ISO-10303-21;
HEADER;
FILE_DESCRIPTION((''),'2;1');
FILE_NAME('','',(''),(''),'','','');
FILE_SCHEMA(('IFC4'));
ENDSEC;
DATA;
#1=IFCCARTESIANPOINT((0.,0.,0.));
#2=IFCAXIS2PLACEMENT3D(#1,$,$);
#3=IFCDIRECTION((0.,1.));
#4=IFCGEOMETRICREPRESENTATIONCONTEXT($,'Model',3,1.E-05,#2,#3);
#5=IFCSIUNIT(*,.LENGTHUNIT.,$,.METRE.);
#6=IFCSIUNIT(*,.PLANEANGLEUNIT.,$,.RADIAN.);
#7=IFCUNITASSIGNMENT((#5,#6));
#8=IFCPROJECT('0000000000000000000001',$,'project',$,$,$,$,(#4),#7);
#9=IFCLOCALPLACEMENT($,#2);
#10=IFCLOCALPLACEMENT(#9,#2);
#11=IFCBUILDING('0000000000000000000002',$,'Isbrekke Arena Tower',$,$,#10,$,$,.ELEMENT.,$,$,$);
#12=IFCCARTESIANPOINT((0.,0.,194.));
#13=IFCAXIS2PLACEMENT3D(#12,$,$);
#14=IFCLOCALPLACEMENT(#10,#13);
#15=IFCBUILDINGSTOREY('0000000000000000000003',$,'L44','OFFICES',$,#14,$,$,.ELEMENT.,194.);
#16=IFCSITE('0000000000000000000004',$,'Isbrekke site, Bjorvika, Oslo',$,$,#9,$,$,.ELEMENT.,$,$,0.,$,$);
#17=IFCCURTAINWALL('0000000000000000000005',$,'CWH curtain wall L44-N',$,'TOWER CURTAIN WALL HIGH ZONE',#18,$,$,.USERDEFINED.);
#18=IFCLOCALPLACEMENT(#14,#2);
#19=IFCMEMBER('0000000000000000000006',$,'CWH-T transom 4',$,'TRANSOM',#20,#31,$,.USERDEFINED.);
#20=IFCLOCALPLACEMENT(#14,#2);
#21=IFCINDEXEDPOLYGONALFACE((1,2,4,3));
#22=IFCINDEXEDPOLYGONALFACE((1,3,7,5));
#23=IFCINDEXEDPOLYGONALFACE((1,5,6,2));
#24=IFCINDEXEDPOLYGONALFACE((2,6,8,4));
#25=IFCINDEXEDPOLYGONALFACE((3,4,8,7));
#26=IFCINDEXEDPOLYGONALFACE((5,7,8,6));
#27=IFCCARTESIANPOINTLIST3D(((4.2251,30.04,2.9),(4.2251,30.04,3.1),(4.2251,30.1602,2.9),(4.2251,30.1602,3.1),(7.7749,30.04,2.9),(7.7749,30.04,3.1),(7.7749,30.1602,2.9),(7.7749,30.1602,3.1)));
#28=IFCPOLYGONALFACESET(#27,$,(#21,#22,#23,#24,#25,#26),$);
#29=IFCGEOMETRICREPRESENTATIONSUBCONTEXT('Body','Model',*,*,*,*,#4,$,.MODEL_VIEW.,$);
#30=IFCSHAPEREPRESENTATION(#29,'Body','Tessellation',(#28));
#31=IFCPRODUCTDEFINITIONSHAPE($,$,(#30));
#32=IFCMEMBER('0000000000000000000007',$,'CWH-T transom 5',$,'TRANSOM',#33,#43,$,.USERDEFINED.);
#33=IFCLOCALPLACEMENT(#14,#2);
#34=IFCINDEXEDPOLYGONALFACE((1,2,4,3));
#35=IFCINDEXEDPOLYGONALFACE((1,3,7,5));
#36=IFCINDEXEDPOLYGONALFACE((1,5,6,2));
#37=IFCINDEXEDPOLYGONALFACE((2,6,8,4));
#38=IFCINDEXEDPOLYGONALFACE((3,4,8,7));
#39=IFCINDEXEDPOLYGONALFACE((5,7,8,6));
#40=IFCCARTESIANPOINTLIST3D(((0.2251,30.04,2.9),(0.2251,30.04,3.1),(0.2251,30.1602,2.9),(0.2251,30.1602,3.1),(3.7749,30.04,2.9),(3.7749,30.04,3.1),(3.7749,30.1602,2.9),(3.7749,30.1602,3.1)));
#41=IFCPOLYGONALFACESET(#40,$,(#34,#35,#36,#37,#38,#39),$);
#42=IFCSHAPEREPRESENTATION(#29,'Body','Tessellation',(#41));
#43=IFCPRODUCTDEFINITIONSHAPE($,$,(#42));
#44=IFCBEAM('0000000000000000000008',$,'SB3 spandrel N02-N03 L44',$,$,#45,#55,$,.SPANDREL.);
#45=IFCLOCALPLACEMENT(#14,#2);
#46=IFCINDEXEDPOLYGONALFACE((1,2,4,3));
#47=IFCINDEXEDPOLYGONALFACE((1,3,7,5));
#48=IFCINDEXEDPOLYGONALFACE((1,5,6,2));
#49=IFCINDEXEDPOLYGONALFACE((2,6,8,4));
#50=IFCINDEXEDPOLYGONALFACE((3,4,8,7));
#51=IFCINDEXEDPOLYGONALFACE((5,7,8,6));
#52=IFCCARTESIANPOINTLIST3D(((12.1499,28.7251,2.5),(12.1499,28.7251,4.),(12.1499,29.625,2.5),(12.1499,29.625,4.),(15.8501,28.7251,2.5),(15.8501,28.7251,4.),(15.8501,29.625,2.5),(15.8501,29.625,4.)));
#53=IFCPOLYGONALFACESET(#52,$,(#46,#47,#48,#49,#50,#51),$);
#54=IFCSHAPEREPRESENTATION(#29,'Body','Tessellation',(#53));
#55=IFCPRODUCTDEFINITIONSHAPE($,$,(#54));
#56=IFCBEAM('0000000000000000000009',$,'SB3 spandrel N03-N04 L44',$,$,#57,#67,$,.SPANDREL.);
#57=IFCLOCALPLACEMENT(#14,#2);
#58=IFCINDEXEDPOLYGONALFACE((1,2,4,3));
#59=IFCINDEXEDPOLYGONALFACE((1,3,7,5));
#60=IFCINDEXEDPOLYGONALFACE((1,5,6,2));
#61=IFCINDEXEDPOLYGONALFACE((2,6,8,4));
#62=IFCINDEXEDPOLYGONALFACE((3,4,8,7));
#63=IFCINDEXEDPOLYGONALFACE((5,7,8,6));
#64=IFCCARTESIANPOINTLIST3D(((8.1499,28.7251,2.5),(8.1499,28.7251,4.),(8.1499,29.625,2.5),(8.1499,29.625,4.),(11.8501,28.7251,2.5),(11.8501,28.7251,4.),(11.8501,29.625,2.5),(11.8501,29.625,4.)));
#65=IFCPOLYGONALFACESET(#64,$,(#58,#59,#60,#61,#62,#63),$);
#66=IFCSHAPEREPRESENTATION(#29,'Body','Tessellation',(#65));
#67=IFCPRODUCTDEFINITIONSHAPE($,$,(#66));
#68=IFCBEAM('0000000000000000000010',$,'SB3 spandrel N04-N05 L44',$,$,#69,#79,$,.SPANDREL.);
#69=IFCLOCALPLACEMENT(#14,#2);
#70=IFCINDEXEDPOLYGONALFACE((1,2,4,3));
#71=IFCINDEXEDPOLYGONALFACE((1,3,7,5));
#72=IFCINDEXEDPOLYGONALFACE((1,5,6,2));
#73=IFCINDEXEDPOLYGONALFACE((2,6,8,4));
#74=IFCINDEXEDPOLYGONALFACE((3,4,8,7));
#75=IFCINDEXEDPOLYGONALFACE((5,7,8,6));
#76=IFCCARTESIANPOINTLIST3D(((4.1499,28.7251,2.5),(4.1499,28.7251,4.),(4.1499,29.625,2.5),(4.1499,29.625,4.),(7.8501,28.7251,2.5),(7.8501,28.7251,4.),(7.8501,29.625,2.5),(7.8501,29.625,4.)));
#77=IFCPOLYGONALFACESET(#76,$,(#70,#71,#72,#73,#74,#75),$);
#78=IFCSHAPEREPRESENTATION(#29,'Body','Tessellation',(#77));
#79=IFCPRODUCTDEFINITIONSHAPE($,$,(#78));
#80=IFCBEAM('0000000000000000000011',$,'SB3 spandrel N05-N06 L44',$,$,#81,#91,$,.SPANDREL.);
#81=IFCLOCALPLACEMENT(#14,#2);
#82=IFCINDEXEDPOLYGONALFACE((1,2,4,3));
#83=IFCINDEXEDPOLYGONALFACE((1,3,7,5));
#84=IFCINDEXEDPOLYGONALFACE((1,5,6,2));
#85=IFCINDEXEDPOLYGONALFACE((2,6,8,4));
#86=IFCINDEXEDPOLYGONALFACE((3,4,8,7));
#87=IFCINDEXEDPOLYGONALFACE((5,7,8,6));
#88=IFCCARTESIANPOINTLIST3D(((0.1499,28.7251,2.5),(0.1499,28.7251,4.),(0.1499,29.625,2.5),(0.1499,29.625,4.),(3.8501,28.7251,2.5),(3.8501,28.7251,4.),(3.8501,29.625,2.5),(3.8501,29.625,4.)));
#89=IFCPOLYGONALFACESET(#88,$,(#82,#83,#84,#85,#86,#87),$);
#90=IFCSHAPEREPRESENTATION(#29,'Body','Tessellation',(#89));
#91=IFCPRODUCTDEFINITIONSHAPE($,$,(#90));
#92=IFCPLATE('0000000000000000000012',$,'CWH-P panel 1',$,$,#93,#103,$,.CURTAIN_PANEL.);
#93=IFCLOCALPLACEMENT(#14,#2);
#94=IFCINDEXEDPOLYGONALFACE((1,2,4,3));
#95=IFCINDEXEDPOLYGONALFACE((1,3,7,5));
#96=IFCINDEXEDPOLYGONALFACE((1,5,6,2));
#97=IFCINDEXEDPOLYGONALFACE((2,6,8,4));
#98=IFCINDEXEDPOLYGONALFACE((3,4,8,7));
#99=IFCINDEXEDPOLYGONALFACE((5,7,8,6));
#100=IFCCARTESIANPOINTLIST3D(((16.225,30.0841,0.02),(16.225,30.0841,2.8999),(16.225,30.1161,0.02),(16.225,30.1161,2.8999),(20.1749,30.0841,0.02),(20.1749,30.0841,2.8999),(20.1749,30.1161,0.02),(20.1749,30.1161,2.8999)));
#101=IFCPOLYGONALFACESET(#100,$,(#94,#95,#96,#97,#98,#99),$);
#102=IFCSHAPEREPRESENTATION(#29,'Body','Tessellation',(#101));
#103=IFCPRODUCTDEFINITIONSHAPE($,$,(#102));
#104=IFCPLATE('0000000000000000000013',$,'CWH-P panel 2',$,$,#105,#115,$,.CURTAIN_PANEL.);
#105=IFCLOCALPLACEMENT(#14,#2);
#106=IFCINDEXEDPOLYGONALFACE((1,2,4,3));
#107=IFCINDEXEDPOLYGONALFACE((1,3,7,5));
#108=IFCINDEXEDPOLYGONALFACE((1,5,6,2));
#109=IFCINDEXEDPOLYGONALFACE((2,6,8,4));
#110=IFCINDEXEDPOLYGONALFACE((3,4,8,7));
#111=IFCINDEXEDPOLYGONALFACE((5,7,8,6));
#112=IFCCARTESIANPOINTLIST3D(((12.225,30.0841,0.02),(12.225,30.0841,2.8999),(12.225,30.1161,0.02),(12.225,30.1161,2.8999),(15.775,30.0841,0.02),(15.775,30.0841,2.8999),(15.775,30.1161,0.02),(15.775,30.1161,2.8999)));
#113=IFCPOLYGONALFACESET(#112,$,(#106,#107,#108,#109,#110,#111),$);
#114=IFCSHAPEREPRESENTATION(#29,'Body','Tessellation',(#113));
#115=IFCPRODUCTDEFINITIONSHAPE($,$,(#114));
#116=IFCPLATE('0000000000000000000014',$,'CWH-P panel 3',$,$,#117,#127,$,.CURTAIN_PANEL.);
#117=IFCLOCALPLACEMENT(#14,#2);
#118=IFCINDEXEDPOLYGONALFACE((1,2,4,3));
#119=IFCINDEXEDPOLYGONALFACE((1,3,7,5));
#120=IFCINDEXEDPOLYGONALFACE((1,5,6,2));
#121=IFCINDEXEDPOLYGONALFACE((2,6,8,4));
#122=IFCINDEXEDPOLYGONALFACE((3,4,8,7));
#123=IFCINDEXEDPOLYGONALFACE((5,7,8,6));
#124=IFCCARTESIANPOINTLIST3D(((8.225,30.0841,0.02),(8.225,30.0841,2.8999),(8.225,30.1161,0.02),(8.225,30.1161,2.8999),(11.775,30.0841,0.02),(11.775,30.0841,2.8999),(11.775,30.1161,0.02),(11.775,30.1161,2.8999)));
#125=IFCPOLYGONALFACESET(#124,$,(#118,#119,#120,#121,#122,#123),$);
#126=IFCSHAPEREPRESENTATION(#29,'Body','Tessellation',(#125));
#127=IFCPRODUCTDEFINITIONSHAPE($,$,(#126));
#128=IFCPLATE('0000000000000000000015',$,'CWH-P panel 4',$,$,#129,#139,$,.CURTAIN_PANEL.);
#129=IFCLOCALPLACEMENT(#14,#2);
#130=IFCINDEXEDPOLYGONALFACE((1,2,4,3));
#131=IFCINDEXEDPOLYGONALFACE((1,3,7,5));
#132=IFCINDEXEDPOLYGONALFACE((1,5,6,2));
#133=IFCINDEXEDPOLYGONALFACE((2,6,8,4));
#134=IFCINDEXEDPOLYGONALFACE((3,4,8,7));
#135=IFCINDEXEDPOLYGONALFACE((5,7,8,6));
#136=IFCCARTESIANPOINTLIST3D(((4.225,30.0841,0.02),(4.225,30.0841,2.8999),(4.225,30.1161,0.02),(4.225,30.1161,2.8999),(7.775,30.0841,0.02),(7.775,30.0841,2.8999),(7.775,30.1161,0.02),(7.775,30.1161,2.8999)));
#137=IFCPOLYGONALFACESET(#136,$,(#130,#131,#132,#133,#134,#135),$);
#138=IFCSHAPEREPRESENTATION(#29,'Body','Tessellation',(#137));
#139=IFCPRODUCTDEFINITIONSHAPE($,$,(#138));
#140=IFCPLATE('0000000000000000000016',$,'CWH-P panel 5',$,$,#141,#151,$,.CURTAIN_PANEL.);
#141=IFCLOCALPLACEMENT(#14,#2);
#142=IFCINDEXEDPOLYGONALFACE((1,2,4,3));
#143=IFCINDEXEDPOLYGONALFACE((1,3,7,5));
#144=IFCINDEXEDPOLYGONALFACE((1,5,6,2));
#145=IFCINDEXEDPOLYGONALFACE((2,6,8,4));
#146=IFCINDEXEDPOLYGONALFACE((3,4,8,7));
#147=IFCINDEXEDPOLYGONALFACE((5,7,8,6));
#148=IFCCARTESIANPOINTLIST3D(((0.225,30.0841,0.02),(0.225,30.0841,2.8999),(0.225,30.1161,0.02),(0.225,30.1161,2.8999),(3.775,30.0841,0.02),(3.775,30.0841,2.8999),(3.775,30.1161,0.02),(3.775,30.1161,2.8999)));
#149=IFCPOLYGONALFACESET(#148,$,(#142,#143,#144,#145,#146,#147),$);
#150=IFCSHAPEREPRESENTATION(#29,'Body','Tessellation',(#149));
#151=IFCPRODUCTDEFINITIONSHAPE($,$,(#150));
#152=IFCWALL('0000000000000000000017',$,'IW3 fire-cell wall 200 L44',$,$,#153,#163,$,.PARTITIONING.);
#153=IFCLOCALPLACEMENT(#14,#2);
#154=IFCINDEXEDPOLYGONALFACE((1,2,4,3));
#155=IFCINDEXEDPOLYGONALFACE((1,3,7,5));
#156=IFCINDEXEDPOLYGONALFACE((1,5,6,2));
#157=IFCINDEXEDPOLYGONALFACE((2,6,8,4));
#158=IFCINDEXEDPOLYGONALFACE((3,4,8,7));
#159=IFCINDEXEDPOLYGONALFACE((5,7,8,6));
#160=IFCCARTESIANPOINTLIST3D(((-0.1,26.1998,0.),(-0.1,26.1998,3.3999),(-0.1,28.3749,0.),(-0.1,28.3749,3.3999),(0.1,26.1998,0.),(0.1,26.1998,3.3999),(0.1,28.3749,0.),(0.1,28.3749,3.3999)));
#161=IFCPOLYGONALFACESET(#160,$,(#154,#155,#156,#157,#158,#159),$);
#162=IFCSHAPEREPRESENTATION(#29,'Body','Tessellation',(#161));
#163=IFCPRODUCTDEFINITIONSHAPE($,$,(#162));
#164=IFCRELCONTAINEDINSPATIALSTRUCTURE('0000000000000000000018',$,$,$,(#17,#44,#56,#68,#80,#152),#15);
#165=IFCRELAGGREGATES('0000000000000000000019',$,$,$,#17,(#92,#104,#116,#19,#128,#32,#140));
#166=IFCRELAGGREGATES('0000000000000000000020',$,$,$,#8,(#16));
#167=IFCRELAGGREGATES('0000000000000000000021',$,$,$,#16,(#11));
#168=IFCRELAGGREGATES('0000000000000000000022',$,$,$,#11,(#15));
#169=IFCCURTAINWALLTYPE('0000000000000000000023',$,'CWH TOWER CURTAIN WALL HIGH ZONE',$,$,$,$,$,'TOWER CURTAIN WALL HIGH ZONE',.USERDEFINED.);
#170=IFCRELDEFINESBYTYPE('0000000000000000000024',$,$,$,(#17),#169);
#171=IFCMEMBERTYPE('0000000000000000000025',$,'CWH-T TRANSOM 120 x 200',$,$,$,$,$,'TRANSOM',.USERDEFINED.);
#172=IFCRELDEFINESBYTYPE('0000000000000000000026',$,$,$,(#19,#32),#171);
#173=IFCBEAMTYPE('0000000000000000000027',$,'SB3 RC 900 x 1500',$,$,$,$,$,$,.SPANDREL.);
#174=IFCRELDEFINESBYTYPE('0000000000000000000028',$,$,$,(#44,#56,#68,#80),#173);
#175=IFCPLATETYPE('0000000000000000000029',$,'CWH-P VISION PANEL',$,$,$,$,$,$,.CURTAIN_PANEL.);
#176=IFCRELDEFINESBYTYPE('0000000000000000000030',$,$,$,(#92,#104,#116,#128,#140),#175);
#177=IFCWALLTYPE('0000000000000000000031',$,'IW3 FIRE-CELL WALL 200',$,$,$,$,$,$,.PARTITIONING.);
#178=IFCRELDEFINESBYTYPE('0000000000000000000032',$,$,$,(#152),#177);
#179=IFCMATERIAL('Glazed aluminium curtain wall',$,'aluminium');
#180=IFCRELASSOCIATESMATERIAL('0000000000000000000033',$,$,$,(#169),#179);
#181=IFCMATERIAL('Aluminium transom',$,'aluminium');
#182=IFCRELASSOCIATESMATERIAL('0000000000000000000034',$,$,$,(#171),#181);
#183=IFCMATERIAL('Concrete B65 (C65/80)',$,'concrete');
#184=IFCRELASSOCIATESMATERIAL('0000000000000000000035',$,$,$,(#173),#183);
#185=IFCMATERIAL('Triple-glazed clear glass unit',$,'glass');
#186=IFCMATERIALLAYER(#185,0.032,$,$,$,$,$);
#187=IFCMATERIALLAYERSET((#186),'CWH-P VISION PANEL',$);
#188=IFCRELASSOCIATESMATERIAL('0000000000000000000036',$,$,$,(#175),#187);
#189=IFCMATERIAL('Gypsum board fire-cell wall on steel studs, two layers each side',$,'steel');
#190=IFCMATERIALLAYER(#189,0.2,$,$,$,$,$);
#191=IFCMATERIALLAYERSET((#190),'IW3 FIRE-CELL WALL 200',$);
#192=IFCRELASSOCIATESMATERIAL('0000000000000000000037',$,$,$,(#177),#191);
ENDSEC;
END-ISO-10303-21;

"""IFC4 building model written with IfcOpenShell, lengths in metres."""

from ifc_helpers import new_model, si_unit, direction, frame, frame_2d, origin, origin_2d, place, context, subcontext, project, spatial, rectangle, extrude, material, layer, layer_set, material_profile, profile_set, type_object, element, aggregate, save


model = new_model("IFC4")

# Units and contexts
model_context = context("Model", 3, precision=1e-05, world=origin(), true_north=direction((0.0, 1.0)))
body_context = subcontext(model_context, "Body", "Model", "MODEL_VIEW")
ifc_project = project(units=[si_unit("LENGTHUNIT", "METRE"), si_unit("PLANEANGLEUNIT", "RADIAN")], contexts=[model_context])

# Site, building, storey
site_placement = place(None, origin())
site = spatial("IfcSite", under=ifc_project, at=site_placement, Name="Isbrekke site, Bjorvika, Oslo", CompositionType="ELEMENT", RefElevation=0.0)
building_placement = place(site_placement, origin())
building = spatial("IfcBuilding", under=site, at=building_placement, Name="Isbrekke Arena Tower", CompositionType="ELEMENT")
storey_placement = place(building_placement, frame((0.0, 0.0, 194.0)))
storey = spatial("IfcBuildingStorey", under=building, at=storey_placement, Name="L44", Description="OFFICES", CompositionType="ELEMENT", Elevation=194.0)

# Curtain wall, members
ifc_material_1 = material(Name="Glazed aluminium curtain wall", Category="aluminium")
curtain_wall_type = type_object("IfcCurtainWallType", Name="CWH TOWER CURTAIN WALL HIGH ZONE", ElementType="TOWER CURTAIN WALL HIGH ZONE", PredefinedType="USERDEFINED", material=ifc_material_1)
curtain_wall_placement = place(storey_placement, origin())
curtain_wall = element("IfcCurtainWall", 1, at=curtain_wall_placement, inside=storey, type_object=curtain_wall_type, Name="CWH curtain wall L44-N", ObjectType="TOWER CURTAIN WALL HIGH ZONE", PredefinedType="USERDEFINED")
ifc_material_2 = material(Name="Aluminium transom", Category="aluminium")
ifc_material_profile_1 = material_profile(ifc_material_2, rectangle(XDim=0.1201, YDim=0.2, at=origin_2d()), Name="TRANSOM 120X200")
ifc_profile_set_1 = profile_set([ifc_material_profile_1], Name="Aluminium transom")
member_type_1 = type_object("IfcMemberType", Name="CWH-T TRANSOM 120 x 200", ElementType="TRANSOM", PredefinedType="USERDEFINED", material=ifc_profile_set_1)
member_1_placement = place(storey_placement, frame((7.7749, 30.1001, 3.0), z_axis=(-1.0, 0.0, 0.0), x_axis=(0.0, -1.0, 0.0)))
member_1 = element("IfcMember", 2, at=member_1_placement, type_object=member_type_1, Name="CWH-T transom 4", ObjectType="TRANSOM", PredefinedType="USERDEFINED", context=body_context, shape_type="SweptSolid", body=[
    extrude(rectangle(XDim=0.1201, YDim=0.2, at=origin_2d()), origin(), (0.0, 0.0, 1.0), 3.5498),
])
member_2_placement = place(storey_placement, frame((3.7749, 30.1001, 3.0), z_axis=(-1.0, 0.0, 0.0), x_axis=(0.0, -1.0, 0.0)))
member_2 = element("IfcMember", 3, at=member_2_placement, type_object=member_type_1, Name="CWH-T transom 5", ObjectType="TRANSOM", PredefinedType="USERDEFINED", context=body_context, shape_type="SweptSolid", body=[
    extrude(rectangle(XDim=0.1201, YDim=0.2, at=origin_2d()), origin(), (0.0, 0.0, 1.0), 3.5498),
])

# Beams
ifc_material_3 = material(Name="Concrete B65 (C65/80)", Category="concrete")
ifc_material_profile_2 = material_profile(ifc_material_3, rectangle(XDim=0.8999, YDim=1.5, at=origin_2d()), Name="RC 900x1500")
ifc_profile_set_2 = profile_set([ifc_material_profile_2], Name="Concrete B65 (C65/80)")
beam_type_1 = type_object("IfcBeamType", Name="SB3 RC 900 x 1500", PredefinedType="SPANDREL", material=ifc_profile_set_2)
for number, where, z_axis, x_axis, name in (
    (4, (15.8501, 29.175, 3.25), (-1.0, 0.0, 0.0), (0.0, -1.0, 0.0), "SB3 spandrel N02-N03 L44"),
    (5, (11.8501, 29.175, 3.25), (-1.0, 0.0, 0.0), (0.0, -1.0, 0.0), "SB3 spandrel N03-N04 L44"),
    (6, (7.8501, 29.175, 3.25), (-1.0, 0.0, 0.0), (0.0, -1.0, 0.0), "SB3 spandrel N04-N05 L44"),
    (7, (3.8501, 29.175, 3.25), (-1.0, 0.0, 0.0), (0.0, -1.0, 0.0), "SB3 spandrel N05-N06 L44"),
):
    element("IfcBeam", number, at=place(storey_placement, frame(where, z_axis=z_axis, x_axis=x_axis)), inside=storey, type_object=beam_type_1, Name=name, PredefinedType="SPANDREL", context=body_context, shape_type="SweptSolid", body=[
        extrude(rectangle(XDim=0.8999, YDim=1.5, at=origin_2d()), origin(), (0.0, 0.0, 1.0), 3.7002),
    ])

# Plates
ifc_material_4 = material(Name="Triple-glazed clear glass unit", Category="glass")
ifc_layer_1 = layer(ifc_material_4, 0.032)
ifc_layer_set_1 = layer_set([ifc_layer_1], Name="CWH-P VISION PANEL")
plate_type = type_object("IfcPlateType", Name="CWH-P VISION PANEL", PredefinedType="CURTAIN_PANEL", material=ifc_layer_set_1)
plate_1_placement = place(storey_placement, frame((18.2, 30.1001, 0.02), z_axis=(0.0, 0.0, 1.0), x_axis=(-1.0, 0.0, 0.0)))
plate_1 = element("IfcPlate", 8, at=plate_1_placement, type_object=plate_type, Name="CWH-P panel 1", PredefinedType="CURTAIN_PANEL", context=body_context, shape_type="SweptSolid", body=[
    extrude(rectangle(XDim=3.95, YDim=0.032, at=origin_2d()), origin(), (0.0, 0.0, 1.0), 2.8799),
])
plate_2_placement = place(storey_placement, frame((14.0, 30.1001, 0.02), z_axis=(0.0, 0.0, 1.0), x_axis=(-1.0, 0.0, 0.0)))
plate_2 = element("IfcPlate", 9, at=plate_2_placement, type_object=plate_type, Name="CWH-P panel 2", PredefinedType="CURTAIN_PANEL", context=body_context, shape_type="SweptSolid", body=[
    extrude(rectangle(XDim=3.55, YDim=0.032, at=origin_2d()), origin(), (0.0, 0.0, 1.0), 2.8799),
])
plate_3_placement = place(storey_placement, frame((10.0, 30.1001, 0.02), z_axis=(0.0, 0.0, 1.0), x_axis=(-1.0, 0.0, 0.0)))
plate_3 = element("IfcPlate", 10, at=plate_3_placement, type_object=plate_type, Name="CWH-P panel 3", PredefinedType="CURTAIN_PANEL", context=body_context, shape_type="SweptSolid", body=[
    extrude(rectangle(XDim=3.55, YDim=0.032, at=origin_2d()), origin(), (0.0, 0.0, 1.0), 2.8799),
])
plate_4_placement = place(storey_placement, frame((6.0, 30.1001, 0.02), z_axis=(0.0, 0.0, 1.0), x_axis=(-1.0, 0.0, 0.0)))
plate_4 = element("IfcPlate", 11, at=plate_4_placement, type_object=plate_type, Name="CWH-P panel 4", PredefinedType="CURTAIN_PANEL", context=body_context, shape_type="SweptSolid", body=[
    extrude(rectangle(XDim=3.55, YDim=0.032, at=origin_2d()), origin(), (0.0, 0.0, 1.0), 2.8799),
])
plate_5_placement = place(storey_placement, frame((2.0, 30.1001, 0.02), z_axis=(0.0, 0.0, 1.0), x_axis=(-1.0, 0.0, 0.0)))
plate_5 = element("IfcPlate", 12, at=plate_5_placement, type_object=plate_type, Name="CWH-P panel 5", PredefinedType="CURTAIN_PANEL", context=body_context, shape_type="SweptSolid", body=[
    extrude(rectangle(XDim=3.55, YDim=0.032, at=origin_2d()), origin(), (0.0, 0.0, 1.0), 2.8799),
])
aggregate(curtain_wall, [plate_1, plate_2, plate_3, member_1, plate_4, member_2, plate_5])

# Wall
ifc_material_5 = material(Name="Gypsum board fire-cell wall on steel studs, two layers each side", Category="steel")
ifc_layer_2 = layer(ifc_material_5, 0.2)
ifc_layer_set_2 = layer_set([ifc_layer_2], Name="IW3 FIRE-CELL WALL 200")
wall_type = type_object("IfcWallType", Name="IW3 FIRE-CELL WALL 200", PredefinedType="PARTITIONING", material=ifc_layer_set_2)
wall_placement = place(storey_placement, frame((0.0, 26.2, 0.0), z_axis=(0.0, 0.0, 1.0), x_axis=(0.0, 1.0, 0.0)))
element("IfcWall", 13, at=wall_placement, inside=storey, type_object=wall_type, Name="IW3 fire-cell wall 200 L44", PredefinedType="PARTITIONING", context=body_context, shape_type="SweptSolid", body=[
    extrude(rectangle(XDim=2.175, YDim=0.2, at=frame_2d((1.0874, 0.0))), origin(), (0.0, 0.0, 1.0), 3.3999),
])

save(model, "model.ifc")
